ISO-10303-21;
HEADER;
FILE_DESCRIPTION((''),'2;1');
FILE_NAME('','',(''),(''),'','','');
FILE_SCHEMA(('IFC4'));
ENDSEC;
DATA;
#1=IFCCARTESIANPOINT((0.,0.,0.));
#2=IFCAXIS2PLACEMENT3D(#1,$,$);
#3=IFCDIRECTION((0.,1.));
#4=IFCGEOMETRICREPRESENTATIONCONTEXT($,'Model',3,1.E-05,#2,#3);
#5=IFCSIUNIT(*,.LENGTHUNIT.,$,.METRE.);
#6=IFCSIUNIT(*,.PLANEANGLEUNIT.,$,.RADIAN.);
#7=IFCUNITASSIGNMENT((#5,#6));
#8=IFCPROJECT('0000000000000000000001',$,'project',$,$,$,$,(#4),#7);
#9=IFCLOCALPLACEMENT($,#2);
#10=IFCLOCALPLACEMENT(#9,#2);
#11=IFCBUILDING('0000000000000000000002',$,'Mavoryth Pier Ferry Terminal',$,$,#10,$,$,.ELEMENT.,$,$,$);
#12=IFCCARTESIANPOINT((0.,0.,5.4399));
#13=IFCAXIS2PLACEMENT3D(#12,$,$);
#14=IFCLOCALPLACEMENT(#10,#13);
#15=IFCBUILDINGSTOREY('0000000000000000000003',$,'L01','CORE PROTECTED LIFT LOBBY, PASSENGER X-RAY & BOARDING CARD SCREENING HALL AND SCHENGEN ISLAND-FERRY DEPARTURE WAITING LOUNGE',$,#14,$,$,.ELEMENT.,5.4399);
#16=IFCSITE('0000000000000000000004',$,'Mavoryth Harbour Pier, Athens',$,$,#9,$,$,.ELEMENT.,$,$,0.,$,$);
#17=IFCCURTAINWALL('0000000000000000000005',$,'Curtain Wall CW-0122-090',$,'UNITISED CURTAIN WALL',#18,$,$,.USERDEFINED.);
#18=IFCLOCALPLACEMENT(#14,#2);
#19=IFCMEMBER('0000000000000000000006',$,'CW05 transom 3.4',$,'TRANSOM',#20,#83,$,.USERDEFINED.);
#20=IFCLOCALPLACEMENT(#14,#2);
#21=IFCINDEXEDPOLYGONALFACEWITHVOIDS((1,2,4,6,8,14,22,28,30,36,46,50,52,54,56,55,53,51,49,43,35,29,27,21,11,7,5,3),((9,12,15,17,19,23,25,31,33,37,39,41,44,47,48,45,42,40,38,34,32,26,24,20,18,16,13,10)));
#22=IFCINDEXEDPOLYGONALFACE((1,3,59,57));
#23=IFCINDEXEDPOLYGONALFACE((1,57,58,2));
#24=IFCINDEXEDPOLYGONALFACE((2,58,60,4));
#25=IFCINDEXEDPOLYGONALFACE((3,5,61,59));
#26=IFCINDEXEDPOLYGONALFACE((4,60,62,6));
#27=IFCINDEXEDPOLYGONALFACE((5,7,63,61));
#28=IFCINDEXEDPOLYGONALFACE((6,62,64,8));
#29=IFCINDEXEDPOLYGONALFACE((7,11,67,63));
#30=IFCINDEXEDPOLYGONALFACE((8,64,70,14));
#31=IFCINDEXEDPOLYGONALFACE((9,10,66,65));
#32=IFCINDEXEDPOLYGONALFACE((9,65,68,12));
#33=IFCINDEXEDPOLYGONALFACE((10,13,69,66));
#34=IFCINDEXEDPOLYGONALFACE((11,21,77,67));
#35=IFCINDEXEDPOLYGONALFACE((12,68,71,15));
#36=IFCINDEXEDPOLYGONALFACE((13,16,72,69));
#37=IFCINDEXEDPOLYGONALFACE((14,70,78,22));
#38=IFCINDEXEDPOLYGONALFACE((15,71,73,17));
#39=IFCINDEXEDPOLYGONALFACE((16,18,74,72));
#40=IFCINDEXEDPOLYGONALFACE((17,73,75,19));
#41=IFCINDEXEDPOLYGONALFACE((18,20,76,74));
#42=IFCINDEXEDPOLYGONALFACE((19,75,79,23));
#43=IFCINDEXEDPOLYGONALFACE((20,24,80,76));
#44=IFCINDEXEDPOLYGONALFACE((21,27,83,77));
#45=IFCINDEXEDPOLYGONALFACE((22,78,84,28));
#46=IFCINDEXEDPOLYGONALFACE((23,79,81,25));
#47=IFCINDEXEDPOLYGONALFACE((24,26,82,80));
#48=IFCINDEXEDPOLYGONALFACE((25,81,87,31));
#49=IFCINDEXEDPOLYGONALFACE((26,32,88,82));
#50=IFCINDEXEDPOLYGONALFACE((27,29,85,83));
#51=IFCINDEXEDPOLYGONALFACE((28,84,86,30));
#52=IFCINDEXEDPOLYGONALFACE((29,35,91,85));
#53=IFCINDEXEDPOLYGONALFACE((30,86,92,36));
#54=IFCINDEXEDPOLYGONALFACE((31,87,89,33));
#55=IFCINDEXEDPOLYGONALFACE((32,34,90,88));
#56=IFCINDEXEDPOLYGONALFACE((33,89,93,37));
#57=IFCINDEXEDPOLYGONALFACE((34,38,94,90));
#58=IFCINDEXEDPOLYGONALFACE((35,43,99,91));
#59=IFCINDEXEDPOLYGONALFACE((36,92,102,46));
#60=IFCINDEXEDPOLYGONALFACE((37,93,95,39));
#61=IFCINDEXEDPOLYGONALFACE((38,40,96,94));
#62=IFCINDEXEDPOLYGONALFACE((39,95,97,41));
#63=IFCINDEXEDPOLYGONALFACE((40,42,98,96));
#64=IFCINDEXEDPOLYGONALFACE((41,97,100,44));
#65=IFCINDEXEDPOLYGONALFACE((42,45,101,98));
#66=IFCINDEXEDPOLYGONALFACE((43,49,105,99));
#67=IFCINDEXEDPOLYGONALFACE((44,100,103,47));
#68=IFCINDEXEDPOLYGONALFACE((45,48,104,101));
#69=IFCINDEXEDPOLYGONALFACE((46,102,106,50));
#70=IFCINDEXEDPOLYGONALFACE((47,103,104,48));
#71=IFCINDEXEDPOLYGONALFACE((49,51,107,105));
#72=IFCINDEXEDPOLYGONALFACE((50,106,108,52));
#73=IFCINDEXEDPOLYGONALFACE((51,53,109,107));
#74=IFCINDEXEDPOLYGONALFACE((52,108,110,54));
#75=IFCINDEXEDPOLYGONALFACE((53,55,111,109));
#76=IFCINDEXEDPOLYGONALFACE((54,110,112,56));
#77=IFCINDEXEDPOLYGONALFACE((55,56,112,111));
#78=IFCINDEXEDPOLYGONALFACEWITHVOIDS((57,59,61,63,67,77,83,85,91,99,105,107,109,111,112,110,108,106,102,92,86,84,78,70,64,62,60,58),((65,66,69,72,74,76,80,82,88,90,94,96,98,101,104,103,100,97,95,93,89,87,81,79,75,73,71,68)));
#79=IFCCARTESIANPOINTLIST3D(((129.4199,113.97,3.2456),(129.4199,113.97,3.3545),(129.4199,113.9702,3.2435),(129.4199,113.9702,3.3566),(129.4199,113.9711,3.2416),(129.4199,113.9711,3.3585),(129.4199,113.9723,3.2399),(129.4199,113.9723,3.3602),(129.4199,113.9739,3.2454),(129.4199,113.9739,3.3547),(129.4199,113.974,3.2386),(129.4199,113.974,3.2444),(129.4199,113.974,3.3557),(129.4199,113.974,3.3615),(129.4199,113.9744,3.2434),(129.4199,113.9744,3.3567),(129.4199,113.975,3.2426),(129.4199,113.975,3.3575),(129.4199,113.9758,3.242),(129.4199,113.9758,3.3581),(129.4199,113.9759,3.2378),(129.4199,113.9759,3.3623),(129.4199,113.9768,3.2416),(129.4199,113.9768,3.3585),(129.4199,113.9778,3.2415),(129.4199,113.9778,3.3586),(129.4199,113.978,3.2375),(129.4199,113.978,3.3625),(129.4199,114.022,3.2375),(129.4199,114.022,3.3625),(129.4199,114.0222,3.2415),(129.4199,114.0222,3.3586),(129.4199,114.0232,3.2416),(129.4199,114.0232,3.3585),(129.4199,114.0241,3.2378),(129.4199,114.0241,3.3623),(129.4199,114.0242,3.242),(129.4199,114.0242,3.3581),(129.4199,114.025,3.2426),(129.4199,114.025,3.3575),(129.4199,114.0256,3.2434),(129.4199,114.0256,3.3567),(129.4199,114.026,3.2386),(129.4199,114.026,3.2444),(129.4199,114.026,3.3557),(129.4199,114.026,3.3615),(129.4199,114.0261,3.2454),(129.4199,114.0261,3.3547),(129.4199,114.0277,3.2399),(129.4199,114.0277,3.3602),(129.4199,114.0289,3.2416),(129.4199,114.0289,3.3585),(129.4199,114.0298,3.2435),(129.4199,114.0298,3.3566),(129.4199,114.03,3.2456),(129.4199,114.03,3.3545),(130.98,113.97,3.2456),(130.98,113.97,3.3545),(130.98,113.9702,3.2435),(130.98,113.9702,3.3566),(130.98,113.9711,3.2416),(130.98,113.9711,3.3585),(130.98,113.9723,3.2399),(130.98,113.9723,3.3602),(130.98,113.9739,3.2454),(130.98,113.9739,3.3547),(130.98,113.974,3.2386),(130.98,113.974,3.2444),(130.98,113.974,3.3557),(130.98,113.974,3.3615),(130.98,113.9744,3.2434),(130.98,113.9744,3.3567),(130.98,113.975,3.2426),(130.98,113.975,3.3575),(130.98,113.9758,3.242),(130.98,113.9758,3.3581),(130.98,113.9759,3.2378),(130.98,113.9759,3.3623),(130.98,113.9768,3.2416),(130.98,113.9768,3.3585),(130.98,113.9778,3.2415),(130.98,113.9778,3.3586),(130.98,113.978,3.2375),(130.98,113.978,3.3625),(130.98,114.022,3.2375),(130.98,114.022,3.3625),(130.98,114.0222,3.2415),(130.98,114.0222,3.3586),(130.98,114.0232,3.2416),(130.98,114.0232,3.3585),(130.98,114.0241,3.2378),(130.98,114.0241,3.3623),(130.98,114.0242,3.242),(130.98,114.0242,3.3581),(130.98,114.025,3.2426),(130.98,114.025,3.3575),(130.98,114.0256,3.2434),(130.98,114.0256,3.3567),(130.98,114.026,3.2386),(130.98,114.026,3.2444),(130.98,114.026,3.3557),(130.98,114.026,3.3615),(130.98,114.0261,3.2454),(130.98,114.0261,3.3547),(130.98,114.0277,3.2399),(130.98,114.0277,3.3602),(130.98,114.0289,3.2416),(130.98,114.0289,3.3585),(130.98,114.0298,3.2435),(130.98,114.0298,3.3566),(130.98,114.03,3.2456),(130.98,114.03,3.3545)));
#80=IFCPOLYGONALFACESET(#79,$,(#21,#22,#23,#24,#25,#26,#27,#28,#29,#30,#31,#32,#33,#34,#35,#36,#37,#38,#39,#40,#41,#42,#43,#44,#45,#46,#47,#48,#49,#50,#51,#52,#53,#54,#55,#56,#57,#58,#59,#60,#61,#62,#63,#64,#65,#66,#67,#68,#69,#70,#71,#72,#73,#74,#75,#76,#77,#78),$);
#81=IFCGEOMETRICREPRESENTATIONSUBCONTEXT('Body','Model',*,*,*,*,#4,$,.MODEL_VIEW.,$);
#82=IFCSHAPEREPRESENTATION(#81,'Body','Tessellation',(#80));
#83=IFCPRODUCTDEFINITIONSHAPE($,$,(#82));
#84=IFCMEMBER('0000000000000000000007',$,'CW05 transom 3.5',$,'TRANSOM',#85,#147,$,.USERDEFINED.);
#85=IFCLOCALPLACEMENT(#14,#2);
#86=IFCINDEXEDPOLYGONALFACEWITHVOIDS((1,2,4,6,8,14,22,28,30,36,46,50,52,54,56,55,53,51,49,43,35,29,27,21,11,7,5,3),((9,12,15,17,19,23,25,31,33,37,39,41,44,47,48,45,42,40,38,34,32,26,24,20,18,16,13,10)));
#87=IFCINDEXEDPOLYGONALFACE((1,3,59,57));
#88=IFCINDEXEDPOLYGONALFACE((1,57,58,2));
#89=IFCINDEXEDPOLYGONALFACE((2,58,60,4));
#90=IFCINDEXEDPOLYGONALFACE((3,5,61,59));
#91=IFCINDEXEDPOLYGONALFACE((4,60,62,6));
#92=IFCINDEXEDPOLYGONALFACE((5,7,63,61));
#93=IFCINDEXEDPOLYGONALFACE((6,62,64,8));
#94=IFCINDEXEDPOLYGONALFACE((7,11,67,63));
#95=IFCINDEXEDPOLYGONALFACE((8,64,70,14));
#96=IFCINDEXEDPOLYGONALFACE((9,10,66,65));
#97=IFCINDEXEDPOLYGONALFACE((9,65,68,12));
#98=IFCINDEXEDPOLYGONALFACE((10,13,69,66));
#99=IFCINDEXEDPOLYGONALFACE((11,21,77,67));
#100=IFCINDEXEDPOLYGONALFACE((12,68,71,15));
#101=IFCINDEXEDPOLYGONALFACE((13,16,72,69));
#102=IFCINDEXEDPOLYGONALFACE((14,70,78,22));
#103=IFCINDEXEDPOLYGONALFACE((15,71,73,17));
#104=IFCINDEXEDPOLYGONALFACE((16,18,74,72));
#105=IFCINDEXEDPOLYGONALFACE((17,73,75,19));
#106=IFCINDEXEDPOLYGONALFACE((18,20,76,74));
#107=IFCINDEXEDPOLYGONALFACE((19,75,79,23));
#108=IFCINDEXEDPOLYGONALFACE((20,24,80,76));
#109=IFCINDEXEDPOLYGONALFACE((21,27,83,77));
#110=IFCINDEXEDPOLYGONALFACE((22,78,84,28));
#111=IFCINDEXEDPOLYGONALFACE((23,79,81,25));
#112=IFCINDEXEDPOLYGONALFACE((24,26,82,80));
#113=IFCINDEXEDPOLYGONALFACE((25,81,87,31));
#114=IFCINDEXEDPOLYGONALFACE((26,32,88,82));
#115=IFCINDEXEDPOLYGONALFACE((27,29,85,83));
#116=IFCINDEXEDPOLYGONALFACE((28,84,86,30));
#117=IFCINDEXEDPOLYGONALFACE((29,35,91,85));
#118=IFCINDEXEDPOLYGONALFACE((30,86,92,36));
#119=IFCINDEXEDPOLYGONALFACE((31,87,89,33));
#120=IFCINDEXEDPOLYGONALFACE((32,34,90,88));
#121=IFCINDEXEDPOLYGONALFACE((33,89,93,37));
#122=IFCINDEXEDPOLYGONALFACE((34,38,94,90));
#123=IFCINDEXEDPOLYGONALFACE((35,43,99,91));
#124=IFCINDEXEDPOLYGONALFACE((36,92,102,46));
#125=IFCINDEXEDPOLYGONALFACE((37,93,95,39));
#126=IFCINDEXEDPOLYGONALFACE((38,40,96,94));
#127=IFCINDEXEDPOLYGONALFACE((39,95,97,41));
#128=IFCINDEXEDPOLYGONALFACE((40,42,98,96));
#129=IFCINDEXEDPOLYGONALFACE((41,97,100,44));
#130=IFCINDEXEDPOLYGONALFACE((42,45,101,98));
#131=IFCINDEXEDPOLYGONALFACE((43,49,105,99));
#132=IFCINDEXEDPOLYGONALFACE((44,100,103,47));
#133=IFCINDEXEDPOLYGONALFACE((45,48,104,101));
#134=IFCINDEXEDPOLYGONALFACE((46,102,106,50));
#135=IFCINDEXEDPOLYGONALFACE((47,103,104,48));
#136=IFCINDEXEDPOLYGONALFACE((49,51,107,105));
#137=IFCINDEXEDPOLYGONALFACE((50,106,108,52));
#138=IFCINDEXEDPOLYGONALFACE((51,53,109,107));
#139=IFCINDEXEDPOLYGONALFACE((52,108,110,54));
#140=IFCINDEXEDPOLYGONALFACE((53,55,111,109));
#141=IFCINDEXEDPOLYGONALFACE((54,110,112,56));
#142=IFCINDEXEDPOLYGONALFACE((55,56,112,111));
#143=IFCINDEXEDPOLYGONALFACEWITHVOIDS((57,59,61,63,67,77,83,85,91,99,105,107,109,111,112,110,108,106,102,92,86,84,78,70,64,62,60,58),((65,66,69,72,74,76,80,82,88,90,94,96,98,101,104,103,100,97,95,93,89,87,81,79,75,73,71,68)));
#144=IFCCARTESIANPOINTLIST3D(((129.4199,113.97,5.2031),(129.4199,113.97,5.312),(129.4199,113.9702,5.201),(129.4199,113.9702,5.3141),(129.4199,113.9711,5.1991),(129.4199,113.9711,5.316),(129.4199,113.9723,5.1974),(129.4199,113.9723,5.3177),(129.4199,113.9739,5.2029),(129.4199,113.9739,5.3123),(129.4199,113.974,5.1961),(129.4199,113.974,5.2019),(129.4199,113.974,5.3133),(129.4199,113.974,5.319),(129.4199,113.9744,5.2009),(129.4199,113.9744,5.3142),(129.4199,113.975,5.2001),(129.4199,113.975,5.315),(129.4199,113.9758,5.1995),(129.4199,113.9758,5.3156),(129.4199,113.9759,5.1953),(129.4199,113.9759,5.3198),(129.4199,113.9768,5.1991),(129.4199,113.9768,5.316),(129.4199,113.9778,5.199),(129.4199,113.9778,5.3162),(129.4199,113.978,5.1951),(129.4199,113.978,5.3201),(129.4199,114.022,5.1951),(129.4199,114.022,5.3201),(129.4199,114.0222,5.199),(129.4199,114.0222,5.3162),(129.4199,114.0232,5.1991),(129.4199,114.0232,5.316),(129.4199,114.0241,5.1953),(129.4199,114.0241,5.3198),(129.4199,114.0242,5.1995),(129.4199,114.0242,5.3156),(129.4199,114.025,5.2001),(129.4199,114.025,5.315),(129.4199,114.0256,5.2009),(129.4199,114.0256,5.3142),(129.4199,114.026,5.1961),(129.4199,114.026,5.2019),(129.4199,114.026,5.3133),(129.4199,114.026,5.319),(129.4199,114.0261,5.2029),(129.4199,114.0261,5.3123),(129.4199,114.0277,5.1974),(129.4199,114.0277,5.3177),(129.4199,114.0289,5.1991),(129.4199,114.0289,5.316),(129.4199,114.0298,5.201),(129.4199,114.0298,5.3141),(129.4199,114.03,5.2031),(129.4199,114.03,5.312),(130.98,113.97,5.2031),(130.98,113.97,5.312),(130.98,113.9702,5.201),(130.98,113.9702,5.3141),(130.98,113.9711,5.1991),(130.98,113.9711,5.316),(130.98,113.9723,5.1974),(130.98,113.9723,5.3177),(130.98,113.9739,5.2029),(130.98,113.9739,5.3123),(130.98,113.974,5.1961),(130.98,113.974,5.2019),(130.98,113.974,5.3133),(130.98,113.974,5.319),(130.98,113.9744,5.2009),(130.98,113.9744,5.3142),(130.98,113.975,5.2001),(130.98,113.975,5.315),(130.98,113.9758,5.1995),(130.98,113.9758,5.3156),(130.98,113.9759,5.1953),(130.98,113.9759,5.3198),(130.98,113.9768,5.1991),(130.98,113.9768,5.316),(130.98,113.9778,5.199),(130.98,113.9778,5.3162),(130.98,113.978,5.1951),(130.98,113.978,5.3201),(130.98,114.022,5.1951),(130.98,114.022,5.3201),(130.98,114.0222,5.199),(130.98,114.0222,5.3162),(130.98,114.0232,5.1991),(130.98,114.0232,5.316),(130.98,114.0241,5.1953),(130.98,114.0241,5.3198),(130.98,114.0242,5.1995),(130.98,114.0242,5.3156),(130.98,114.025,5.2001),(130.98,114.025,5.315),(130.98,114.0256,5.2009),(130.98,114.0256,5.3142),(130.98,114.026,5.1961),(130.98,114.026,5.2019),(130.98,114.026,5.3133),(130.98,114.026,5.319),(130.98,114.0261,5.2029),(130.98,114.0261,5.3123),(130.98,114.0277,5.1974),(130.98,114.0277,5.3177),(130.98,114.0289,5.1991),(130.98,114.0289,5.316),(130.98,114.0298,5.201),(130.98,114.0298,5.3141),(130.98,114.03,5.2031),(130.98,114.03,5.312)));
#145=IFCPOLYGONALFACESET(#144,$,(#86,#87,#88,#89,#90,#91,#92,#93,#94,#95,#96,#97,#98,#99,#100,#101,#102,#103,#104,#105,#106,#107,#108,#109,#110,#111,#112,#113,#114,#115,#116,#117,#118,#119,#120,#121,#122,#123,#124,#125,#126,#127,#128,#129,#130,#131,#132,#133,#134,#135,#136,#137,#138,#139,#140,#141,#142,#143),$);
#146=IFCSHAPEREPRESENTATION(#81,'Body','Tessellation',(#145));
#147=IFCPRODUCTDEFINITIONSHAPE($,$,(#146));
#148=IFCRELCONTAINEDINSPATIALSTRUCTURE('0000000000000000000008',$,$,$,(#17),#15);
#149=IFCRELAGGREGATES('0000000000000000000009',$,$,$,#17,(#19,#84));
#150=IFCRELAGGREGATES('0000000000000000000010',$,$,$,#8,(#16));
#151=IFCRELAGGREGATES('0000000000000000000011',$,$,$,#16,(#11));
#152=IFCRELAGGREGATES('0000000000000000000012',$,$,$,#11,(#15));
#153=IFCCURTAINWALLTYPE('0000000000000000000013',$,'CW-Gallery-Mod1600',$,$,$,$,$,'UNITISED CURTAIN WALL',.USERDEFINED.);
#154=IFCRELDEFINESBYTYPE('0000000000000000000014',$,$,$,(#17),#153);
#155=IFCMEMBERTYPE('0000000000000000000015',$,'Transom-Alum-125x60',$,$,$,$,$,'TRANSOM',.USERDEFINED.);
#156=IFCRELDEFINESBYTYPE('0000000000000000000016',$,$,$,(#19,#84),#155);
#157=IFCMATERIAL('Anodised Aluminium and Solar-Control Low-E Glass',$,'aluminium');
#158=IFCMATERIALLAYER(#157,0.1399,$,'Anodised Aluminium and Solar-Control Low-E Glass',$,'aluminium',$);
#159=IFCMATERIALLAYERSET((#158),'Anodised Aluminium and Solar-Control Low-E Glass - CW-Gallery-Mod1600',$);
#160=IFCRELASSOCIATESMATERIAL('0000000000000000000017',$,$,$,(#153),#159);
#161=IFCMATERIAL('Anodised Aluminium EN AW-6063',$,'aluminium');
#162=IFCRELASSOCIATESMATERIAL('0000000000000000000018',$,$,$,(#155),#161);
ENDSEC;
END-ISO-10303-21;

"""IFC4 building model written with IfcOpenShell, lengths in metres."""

from ifc_helpers import new_model, si_unit, direction, frame, origin, origin_2d, place, context, subcontext, project, spatial, hollow_rectangle, extrude, material, layer, layer_set, material_profile, profile_set, type_object, element, aggregate, save


model = new_model("IFC4")

# Units and contexts
model_context = context("Model", 3, precision=1e-05, world=origin(), true_north=direction((0.0, 1.0)))
body_context = subcontext(model_context, "Body", "Model", "MODEL_VIEW")
ifc_project = project(units=[si_unit("LENGTHUNIT", "METRE"), si_unit("PLANEANGLEUNIT", "RADIAN")], contexts=[model_context])

# Site, building, storey
site_placement = place(None, origin())
site = spatial("IfcSite", under=ifc_project, at=site_placement, Name="Mavoryth Harbour Pier, Athens", CompositionType="ELEMENT", RefElevation=0.0)
building_placement = place(site_placement, origin())
building = spatial("IfcBuilding", under=site, at=building_placement, Name="Mavoryth Pier Ferry Terminal", CompositionType="ELEMENT")
storey_placement = place(building_placement, frame((0.0, 0.0, 5.4399)))
storey = spatial("IfcBuildingStorey", under=building, at=storey_placement, Name="L01", Description="CORE PROTECTED LIFT LOBBY, PASSENGER X-RAY & BOARDING CARD SCREENING HALL AND SCHENGEN ISLAND-FERRY DEPARTURE WAITING LOUNGE", CompositionType="ELEMENT", Elevation=5.4399)

# Curtain wall
ifc_material_1 = material(Name="Anodised Aluminium and Solar-Control Low-E Glass", Category="aluminium")
ifc_layer_1 = layer(ifc_material_1, 0.1399, Name="Anodised Aluminium and Solar-Control Low-E Glass", Category="aluminium")
ifc_layer_set_1 = layer_set([ifc_layer_1], Name="Anodised Aluminium and Solar-Control Low-E Glass - CW-Gallery-Mod1600")
curtain_wall_type = type_object("IfcCurtainWallType", Name="CW-Gallery-Mod1600", ElementType="UNITISED CURTAIN WALL", PredefinedType="USERDEFINED", material=ifc_layer_set_1)
curtain_wall_1_placement = place(storey_placement, origin())
curtain_wall_1 = element("IfcCurtainWall", 1, at=curtain_wall_1_placement, inside=storey, type_object=curtain_wall_type, Name="Curtain Wall CW-0122-090", ObjectType="UNITISED CURTAIN WALL", PredefinedType="USERDEFINED")
ifc_material_2 = material(Name="Anodised Aluminium EN AW-6063", Category="aluminium")

# Members
ifc_material_profile_1 = material_profile(ifc_material_2, hollow_rectangle(XDim=0.0601, YDim=0.125, WallThickness=0.0039, InnerFilletRadius=0.0039, OuterFilletRadius=0.0081, at=origin_2d()), Name="AL-TRAN 125x60x4", Category="aluminium")
ifc_profile_set_1 = profile_set([ifc_material_profile_1], Name="Anodised Aluminium EN AW-6063 - AL-TRAN 125x60x4")
member_type_1 = type_object("IfcMemberType", Name="Transom-Alum-125x60", ElementType="TRANSOM", PredefinedType="USERDEFINED", material=ifc_profile_set_1)
member_1_placement = place(storey_placement, frame((130.98, 114.0, 3.3), z_axis=(-1.0, 0.0, 0.0), x_axis=(0.0, -1.0, 0.0)))
member_1 = element("IfcMember", 2, at=member_1_placement, type_object=member_type_1, Name="CW05 transom 3.4", ObjectType="TRANSOM", PredefinedType="USERDEFINED", context=body_context, shape_type="SweptSolid", body=[
    extrude(hollow_rectangle(XDim=0.0601, YDim=0.125, WallThickness=0.0039, InnerFilletRadius=0.0039, OuterFilletRadius=0.0081, at=origin_2d()), origin(), (0.0, 0.0, 1.0), 1.5601),
])
member_2_placement = place(storey_placement, frame((130.98, 114.0, 5.2576), z_axis=(-1.0, 0.0, 0.0), x_axis=(0.0, -1.0, 0.0)))
member_2 = element("IfcMember", 3, at=member_2_placement, type_object=member_type_1, Name="CW05 transom 3.5", ObjectType="TRANSOM", PredefinedType="USERDEFINED", context=body_context, shape_type="SweptSolid", body=[
    extrude(hollow_rectangle(XDim=0.0601, YDim=0.125, WallThickness=0.0039, InnerFilletRadius=0.0039, OuterFilletRadius=0.0081, at=origin_2d()), origin(), (0.0, 0.0, 1.0), 1.5601),
])

aggregate(curtain_wall_1, [member_1, member_2])

save(model, "model.ifc")
